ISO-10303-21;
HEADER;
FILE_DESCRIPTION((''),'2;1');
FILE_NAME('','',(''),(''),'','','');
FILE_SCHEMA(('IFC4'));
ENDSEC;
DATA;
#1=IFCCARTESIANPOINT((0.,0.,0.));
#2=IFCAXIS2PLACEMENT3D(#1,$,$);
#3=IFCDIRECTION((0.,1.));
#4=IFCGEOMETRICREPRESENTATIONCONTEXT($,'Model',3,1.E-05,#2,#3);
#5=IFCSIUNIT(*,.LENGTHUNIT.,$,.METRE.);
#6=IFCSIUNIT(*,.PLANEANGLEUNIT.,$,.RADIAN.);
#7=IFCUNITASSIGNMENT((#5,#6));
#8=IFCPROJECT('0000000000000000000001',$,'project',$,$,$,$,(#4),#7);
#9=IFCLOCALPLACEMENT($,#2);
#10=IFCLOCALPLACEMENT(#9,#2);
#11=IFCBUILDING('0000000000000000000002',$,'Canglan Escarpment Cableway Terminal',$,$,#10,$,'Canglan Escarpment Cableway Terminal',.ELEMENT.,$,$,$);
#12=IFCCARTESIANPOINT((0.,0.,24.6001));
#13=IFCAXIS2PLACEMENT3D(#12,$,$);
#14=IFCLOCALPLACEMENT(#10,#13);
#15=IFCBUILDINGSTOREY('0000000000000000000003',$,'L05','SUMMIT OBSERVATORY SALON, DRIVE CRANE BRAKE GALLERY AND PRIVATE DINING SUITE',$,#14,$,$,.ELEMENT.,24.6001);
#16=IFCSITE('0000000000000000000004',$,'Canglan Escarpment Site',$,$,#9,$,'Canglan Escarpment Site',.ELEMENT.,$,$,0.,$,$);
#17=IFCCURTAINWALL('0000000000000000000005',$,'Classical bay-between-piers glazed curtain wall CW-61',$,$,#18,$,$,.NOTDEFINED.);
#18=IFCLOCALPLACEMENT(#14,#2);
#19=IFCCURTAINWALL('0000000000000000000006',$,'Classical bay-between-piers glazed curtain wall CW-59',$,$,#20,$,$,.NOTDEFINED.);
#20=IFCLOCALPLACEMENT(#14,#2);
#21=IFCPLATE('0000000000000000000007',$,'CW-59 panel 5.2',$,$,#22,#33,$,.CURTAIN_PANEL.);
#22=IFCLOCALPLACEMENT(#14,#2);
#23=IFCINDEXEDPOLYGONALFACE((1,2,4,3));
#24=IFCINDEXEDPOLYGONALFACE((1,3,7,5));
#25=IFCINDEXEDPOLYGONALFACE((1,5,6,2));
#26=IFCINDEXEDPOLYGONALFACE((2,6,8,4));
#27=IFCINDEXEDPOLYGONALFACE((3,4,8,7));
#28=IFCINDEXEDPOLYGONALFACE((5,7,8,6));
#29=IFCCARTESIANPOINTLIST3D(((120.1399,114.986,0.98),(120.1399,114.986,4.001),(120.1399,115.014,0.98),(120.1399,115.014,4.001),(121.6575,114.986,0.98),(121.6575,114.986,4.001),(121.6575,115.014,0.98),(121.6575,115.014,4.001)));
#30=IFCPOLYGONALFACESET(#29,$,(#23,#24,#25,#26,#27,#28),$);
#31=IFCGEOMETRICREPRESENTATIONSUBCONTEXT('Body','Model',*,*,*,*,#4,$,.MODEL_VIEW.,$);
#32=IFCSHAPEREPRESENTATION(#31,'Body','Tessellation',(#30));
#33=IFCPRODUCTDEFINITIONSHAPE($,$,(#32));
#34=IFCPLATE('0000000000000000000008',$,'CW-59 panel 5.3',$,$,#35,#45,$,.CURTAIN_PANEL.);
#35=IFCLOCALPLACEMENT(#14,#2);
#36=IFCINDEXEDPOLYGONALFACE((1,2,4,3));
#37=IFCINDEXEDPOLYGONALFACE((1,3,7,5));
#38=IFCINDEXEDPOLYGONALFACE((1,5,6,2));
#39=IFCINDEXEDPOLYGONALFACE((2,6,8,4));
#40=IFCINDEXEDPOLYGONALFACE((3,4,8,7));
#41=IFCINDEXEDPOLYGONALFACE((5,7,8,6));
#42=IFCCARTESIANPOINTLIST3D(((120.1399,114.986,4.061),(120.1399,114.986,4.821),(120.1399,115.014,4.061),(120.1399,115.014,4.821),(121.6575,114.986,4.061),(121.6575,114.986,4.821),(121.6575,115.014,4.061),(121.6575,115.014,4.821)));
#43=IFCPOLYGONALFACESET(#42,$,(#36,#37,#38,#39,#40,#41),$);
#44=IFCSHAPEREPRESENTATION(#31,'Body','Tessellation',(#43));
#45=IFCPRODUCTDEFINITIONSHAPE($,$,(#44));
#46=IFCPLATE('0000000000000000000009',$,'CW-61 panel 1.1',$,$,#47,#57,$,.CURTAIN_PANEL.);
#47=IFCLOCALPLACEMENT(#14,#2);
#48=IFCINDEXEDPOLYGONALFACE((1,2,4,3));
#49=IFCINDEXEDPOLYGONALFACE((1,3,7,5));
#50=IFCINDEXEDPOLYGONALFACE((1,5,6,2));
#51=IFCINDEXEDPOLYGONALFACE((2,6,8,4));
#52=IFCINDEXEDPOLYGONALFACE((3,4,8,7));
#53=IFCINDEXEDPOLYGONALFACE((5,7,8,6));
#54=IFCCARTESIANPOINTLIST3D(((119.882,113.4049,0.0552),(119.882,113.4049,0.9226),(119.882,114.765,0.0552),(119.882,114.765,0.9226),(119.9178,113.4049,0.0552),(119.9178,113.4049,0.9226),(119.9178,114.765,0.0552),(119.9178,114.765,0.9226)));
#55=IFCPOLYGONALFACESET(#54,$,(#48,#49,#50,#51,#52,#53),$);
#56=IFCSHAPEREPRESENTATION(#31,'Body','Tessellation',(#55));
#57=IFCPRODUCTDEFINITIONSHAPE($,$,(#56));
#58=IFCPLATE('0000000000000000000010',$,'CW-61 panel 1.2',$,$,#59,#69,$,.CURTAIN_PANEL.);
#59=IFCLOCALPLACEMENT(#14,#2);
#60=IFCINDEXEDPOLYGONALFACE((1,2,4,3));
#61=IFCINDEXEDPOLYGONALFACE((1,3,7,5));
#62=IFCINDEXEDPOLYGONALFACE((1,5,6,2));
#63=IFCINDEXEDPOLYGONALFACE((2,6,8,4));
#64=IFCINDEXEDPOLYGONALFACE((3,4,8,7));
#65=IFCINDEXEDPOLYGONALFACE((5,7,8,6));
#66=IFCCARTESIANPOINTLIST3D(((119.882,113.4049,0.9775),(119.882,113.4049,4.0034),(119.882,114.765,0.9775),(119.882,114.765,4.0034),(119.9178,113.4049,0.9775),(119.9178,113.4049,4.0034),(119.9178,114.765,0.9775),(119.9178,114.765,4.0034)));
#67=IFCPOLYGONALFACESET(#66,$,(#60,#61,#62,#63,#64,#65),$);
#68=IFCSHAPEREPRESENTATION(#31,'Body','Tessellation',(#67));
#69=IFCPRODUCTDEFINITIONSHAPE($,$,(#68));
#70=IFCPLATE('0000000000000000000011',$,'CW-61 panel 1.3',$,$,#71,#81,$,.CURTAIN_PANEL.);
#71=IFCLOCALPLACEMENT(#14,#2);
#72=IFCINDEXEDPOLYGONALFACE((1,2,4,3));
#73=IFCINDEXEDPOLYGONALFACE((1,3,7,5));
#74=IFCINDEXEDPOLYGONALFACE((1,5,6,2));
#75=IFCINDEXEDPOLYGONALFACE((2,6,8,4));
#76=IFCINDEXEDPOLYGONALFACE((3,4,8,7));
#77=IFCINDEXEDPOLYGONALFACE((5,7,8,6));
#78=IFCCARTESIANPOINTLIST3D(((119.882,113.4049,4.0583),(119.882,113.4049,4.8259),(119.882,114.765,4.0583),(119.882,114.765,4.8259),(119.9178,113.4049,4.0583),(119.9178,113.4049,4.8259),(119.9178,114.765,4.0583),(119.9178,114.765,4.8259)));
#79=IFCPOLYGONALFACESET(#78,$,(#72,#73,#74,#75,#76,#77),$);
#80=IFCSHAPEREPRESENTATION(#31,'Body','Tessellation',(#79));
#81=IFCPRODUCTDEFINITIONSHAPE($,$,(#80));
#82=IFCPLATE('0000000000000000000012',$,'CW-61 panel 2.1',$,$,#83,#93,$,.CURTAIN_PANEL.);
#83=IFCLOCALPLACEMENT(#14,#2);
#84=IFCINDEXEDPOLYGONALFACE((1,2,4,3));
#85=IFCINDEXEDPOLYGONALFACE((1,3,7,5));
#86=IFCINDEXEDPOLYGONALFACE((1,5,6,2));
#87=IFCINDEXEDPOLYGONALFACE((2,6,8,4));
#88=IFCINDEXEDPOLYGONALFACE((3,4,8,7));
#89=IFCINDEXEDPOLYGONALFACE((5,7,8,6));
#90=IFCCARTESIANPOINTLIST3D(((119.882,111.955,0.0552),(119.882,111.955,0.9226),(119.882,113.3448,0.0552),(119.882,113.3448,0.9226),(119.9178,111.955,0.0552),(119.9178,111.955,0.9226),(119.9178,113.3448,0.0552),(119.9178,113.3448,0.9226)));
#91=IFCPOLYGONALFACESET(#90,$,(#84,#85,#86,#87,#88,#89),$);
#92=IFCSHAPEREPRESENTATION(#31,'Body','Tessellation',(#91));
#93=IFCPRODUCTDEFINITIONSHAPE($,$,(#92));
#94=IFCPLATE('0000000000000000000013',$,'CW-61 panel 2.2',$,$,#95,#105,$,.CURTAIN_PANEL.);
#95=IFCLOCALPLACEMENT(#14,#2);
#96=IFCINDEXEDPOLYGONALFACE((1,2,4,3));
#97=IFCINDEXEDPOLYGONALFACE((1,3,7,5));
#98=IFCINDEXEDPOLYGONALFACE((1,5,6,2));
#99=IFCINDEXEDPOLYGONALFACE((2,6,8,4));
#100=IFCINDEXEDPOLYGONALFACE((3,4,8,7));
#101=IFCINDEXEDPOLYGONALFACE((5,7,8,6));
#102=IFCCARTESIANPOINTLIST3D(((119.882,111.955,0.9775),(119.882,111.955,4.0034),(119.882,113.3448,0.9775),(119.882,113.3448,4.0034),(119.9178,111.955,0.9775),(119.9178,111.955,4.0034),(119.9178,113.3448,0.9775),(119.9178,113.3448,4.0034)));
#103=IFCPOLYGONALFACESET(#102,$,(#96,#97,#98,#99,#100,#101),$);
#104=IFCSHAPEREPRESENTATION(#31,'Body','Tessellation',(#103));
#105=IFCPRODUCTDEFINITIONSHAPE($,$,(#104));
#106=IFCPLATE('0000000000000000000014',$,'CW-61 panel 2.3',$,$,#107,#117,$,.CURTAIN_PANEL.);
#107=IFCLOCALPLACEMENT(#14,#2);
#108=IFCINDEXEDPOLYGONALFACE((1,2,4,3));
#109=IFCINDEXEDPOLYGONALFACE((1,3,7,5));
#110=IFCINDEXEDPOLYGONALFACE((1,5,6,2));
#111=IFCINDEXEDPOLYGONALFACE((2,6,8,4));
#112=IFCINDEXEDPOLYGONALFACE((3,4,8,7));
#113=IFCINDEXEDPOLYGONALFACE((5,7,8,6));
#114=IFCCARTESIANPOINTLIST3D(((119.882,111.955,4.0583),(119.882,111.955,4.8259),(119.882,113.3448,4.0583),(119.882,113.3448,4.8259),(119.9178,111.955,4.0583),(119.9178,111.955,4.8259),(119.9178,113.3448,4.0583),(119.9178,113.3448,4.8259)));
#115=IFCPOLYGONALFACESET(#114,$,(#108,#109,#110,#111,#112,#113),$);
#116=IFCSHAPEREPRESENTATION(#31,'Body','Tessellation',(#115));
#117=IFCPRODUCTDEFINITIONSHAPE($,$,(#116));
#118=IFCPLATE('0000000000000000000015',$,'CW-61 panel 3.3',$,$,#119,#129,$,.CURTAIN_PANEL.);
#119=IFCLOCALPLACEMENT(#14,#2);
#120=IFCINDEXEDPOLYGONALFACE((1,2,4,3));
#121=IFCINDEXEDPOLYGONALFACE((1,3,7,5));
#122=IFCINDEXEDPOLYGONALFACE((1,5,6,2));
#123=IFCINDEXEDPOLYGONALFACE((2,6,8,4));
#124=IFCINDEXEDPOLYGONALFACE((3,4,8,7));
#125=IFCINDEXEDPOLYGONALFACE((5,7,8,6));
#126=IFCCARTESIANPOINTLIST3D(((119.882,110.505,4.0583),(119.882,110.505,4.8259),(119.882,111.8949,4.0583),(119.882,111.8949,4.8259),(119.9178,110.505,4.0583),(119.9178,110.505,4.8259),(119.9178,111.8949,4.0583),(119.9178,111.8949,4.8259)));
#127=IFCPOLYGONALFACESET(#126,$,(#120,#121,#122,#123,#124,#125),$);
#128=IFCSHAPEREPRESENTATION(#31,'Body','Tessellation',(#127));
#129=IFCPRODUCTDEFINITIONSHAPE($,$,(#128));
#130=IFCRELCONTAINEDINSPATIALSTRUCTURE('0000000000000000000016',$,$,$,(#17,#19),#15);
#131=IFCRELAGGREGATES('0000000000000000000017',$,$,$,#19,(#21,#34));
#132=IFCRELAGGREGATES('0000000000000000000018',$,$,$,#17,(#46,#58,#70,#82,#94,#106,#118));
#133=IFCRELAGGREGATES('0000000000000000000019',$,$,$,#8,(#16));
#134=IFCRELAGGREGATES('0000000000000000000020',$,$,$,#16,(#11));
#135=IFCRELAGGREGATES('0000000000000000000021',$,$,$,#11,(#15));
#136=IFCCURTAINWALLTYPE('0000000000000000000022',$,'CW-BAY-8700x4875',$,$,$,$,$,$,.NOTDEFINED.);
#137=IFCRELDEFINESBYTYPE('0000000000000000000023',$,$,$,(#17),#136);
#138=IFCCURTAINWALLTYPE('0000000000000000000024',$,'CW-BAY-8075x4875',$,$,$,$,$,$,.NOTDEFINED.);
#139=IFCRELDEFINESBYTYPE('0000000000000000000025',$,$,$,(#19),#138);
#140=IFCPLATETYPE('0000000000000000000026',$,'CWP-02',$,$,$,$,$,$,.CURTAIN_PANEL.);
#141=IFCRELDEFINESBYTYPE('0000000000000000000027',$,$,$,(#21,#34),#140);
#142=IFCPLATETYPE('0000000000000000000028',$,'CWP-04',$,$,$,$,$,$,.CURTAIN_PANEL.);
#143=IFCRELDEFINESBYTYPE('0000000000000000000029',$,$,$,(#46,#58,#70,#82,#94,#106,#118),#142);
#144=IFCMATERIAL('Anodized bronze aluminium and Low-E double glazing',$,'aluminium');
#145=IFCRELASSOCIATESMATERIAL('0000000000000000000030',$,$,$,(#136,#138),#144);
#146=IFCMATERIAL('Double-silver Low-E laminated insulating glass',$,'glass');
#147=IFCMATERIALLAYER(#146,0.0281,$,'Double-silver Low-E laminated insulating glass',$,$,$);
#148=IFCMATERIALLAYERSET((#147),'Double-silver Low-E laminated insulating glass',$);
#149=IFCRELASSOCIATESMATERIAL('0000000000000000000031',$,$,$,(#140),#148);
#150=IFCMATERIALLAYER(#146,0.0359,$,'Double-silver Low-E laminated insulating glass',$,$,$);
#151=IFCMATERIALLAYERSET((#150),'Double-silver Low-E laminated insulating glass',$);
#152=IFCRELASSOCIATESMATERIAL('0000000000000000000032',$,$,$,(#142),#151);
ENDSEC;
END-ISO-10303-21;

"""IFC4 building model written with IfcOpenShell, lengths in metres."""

from ifc_helpers import new_model, si_unit, direction, frame, origin, origin_2d, place, context, subcontext, project, spatial, rectangle, extrude, material, layer, layer_set, type_object, element, aggregate, save


model = new_model("IFC4")

# Units and contexts
model_context = context("Model", 3, precision=1e-05, world=origin(), true_north=direction((0.0, 1.0)))
body_context = subcontext(model_context, "Body", "Model", "MODEL_VIEW")
ifc_project = project(units=[si_unit("LENGTHUNIT", "METRE"), si_unit("PLANEANGLEUNIT", "RADIAN")], contexts=[model_context])

# Site, building, storey
site_placement = place(None, origin())
site = spatial("IfcSite", under=ifc_project, at=site_placement, Name="Canglan Escarpment Site", LongName="Canglan Escarpment Site", CompositionType="ELEMENT", RefElevation=0.0)
building_placement = place(site_placement, origin())
building = spatial("IfcBuilding", under=site, at=building_placement, Name="Canglan Escarpment Cableway Terminal", LongName="Canglan Escarpment Cableway Terminal", CompositionType="ELEMENT")
storey_placement = place(building_placement, frame((0.0, 0.0, 24.6001)))
storey = spatial("IfcBuildingStorey", under=building, at=storey_placement, Name="L05", Description="SUMMIT OBSERVATORY SALON, DRIVE CRANE BRAKE GALLERY AND PRIVATE DINING SUITE", CompositionType="ELEMENT", Elevation=24.6001)

# Curtain walls
ifc_material_1 = material(Name="Anodized bronze aluminium and Low-E double glazing", Category="aluminium")
curtain_wall_type_1 = type_object("IfcCurtainWallType", Name="CW-BAY-8700x4875", PredefinedType="NOTDEFINED", material=ifc_material_1)
curtain_wall_1_placement = place(storey_placement, origin())
curtain_wall_1 = element("IfcCurtainWall", 1, at=curtain_wall_1_placement, inside=storey, type_object=curtain_wall_type_1, Name="Classical bay-between-piers glazed curtain wall CW-61", PredefinedType="NOTDEFINED")
curtain_wall_type_2 = type_object("IfcCurtainWallType", Name="CW-BAY-8075x4875", PredefinedType="NOTDEFINED", material=ifc_material_1)
curtain_wall_2_placement = place(storey_placement, origin())
curtain_wall_2 = element("IfcCurtainWall", 2, at=curtain_wall_2_placement, inside=storey, type_object=curtain_wall_type_2, Name="Classical bay-between-piers glazed curtain wall CW-59", PredefinedType="NOTDEFINED")

# Plates
ifc_material_2 = material(Name="Double-silver Low-E laminated insulating glass", Category="glass")
ifc_layer_1 = layer(ifc_material_2, 0.0281, Name="Double-silver Low-E laminated insulating glass")
ifc_layer_set_1 = layer_set([ifc_layer_1], Name="Double-silver Low-E laminated insulating glass")
plate_type_1 = type_object("IfcPlateType", Name="CWP-02", PredefinedType="CURTAIN_PANEL", material=ifc_layer_set_1)
plate_1_placement = place(storey_placement, frame((120.8987, 115.0, 0.98), z_axis=(0.0, 0.0, 1.0), x_axis=(-1.0, 0.0, 0.0)))
plate_1 = element("IfcPlate", 3, at=plate_1_placement, type_object=plate_type_1, Name="CW-59 panel 5.2", PredefinedType="CURTAIN_PANEL", context=body_context, shape_type="SweptSolid", body=[
    extrude(rectangle(XDim=1.5176, YDim=0.0281, at=origin_2d()), origin(), (0.0, 0.0, 1.0), 3.021),
])
plate_2_placement = place(storey_placement, frame((120.8987, 115.0, 4.061), z_axis=(0.0, 0.0, 1.0), x_axis=(-1.0, 0.0, 0.0)))
plate_2 = element("IfcPlate", 4, at=plate_2_placement, type_object=plate_type_1, Name="CW-59 panel 5.3", PredefinedType="CURTAIN_PANEL", context=body_context, shape_type="SweptSolid", body=[
    extrude(rectangle(XDim=1.5176, YDim=0.0281, at=origin_2d()), origin(), (0.0, 0.0, 1.0), 0.76),
])
aggregate(curtain_wall_2, [plate_1, plate_2])
ifc_layer_2 = layer(ifc_material_2, 0.0359, Name="Double-silver Low-E laminated insulating glass")
ifc_layer_set_2 = layer_set([ifc_layer_2], Name="Double-silver Low-E laminated insulating glass")
plate_type_2 = type_object("IfcPlateType", Name="CWP-04", PredefinedType="CURTAIN_PANEL", material=ifc_layer_set_2)
plate_3_placement = place(storey_placement, frame((119.8999, 114.085, 0.0552), z_axis=(0.0, 0.0, 1.0), x_axis=(0.0, -1.0, 0.0)))
plate_3 = element("IfcPlate", 5, at=plate_3_placement, type_object=plate_type_2, Name="CW-61 panel 1.1", PredefinedType="CURTAIN_PANEL", context=body_context, shape_type="SweptSolid", body=[
    extrude(rectangle(XDim=1.3601, YDim=0.0359, at=origin_2d()), origin(), (0.0, 0.0, 1.0), 0.8674),
])
plate_4_placement = place(storey_placement, frame((119.8999, 114.085, 0.9775), z_axis=(0.0, 0.0, 1.0), x_axis=(0.0, -1.0, 0.0)))
plate_4 = element("IfcPlate", 6, at=plate_4_placement, type_object=plate_type_2, Name="CW-61 panel 1.2", PredefinedType="CURTAIN_PANEL", context=body_context, shape_type="SweptSolid", body=[
    extrude(rectangle(XDim=1.3601, YDim=0.0359, at=origin_2d()), origin(), (0.0, 0.0, 1.0), 3.0259),
])
plate_5_placement = place(storey_placement, frame((119.8999, 114.085, 4.0583), z_axis=(0.0, 0.0, 1.0), x_axis=(0.0, -1.0, 0.0)))
plate_5 = element("IfcPlate", 7, at=plate_5_placement, type_object=plate_type_2, Name="CW-61 panel 1.3", PredefinedType="CURTAIN_PANEL", context=body_context, shape_type="SweptSolid", body=[
    extrude(rectangle(XDim=1.3601, YDim=0.0359, at=origin_2d()), origin(), (0.0, 0.0, 1.0), 0.7676),
])
plate_6_placement = place(storey_placement, frame((119.8999, 112.6499, 0.0552), z_axis=(0.0, 0.0, 1.0), x_axis=(0.0, -1.0, 0.0)))
plate_6 = element("IfcPlate", 8, at=plate_6_placement, type_object=plate_type_2, Name="CW-61 panel 2.1", PredefinedType="CURTAIN_PANEL", context=body_context, shape_type="SweptSolid", body=[
    extrude(rectangle(XDim=1.3899, YDim=0.0359, at=origin_2d()), origin(), (0.0, 0.0, 1.0), 0.8674),
])
plate_7_placement = place(storey_placement, frame((119.8999, 112.6499, 0.9775), z_axis=(0.0, 0.0, 1.0), x_axis=(0.0, -1.0, 0.0)))
plate_7 = element("IfcPlate", 9, at=plate_7_placement, type_object=plate_type_2, Name="CW-61 panel 2.2", PredefinedType="CURTAIN_PANEL", context=body_context, shape_type="SweptSolid", body=[
    extrude(rectangle(XDim=1.3899, YDim=0.0359, at=origin_2d()), origin(), (0.0, 0.0, 1.0), 3.0259),
])
plate_8_placement = place(storey_placement, frame((119.8999, 112.6499, 4.0583), z_axis=(0.0, 0.0, 1.0), x_axis=(0.0, -1.0, 0.0)))
plate_8 = element("IfcPlate", 10, at=plate_8_placement, type_object=plate_type_2, Name="CW-61 panel 2.3", PredefinedType="CURTAIN_PANEL", context=body_context, shape_type="SweptSolid", body=[
    extrude(rectangle(XDim=1.3899, YDim=0.0359, at=origin_2d()), origin(), (0.0, 0.0, 1.0), 0.7676),
])
plate_9_placement = place(storey_placement, frame((119.8999, 111.2, 4.0583), z_axis=(0.0, 0.0, 1.0), x_axis=(0.0, -1.0, 0.0)))
plate_9 = element("IfcPlate", 11, at=plate_9_placement, type_object=plate_type_2, Name="CW-61 panel 3.3", PredefinedType="CURTAIN_PANEL", context=body_context, shape_type="SweptSolid", body=[
    extrude(rectangle(XDim=1.3899, YDim=0.0359, at=origin_2d()), origin(), (0.0, 0.0, 1.0), 0.7676),
])
aggregate(curtain_wall_1, [plate_3, plate_4, plate_5, plate_6, plate_7, plate_8, plate_9])

save(model, "model.ifc")
